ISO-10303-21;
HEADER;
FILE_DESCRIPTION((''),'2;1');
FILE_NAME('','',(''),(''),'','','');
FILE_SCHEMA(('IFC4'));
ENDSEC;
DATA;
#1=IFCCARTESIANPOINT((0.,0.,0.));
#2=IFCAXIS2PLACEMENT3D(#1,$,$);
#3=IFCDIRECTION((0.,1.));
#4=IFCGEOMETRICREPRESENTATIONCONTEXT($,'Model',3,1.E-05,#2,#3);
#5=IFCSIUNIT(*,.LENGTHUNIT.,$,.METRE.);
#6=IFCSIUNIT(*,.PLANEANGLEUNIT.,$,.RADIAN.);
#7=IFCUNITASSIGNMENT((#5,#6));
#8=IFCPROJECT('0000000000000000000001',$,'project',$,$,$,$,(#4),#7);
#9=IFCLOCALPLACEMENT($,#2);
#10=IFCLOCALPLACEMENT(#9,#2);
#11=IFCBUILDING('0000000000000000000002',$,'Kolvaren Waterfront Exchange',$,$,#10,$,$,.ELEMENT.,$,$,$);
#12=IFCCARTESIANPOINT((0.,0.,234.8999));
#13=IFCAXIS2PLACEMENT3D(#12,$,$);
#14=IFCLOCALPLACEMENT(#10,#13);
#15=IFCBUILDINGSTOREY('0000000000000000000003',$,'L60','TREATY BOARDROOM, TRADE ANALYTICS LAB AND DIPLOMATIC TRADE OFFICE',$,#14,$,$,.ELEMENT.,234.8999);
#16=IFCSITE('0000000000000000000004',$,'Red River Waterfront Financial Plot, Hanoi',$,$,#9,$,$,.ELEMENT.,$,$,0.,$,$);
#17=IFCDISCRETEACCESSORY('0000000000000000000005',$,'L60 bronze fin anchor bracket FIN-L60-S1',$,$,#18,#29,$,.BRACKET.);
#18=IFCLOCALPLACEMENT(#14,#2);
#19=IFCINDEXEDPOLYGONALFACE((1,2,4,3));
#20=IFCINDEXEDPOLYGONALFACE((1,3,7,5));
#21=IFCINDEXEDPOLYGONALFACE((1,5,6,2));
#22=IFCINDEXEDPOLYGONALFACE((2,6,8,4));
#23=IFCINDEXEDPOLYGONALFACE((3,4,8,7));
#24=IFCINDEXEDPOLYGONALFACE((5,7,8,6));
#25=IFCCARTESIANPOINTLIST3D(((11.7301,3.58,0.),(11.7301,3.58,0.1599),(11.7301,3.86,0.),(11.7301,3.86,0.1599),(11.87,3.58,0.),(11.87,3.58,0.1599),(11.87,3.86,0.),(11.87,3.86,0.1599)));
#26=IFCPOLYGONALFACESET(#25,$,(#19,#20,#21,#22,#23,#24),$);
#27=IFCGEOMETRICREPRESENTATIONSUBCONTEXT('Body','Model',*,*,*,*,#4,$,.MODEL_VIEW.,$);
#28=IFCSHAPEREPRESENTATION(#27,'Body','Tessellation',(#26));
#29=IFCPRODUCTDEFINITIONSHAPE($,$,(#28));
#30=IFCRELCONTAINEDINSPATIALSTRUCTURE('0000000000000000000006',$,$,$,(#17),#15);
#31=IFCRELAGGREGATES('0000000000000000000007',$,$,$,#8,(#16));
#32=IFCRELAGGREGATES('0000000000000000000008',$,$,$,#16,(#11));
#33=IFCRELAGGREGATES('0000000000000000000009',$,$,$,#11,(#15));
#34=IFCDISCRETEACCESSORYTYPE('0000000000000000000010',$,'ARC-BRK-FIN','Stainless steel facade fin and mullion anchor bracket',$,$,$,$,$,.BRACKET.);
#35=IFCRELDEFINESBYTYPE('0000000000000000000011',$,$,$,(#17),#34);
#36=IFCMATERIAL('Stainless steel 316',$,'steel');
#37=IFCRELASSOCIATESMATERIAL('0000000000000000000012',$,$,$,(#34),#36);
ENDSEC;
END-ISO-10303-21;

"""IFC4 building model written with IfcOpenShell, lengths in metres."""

from ifc_helpers import new_model, si_unit, direction, frame, origin, origin_with_axes, origin_2d, place, context, subcontext, project, spatial, rectangle, extrude, source, transform, mapped, material, type_object, element, save


model = new_model("IFC4")

# Units and contexts
model_context = context("Model", 3, precision=1e-05, world=origin(), true_north=direction((0.0, 1.0)))
body_context = subcontext(model_context, "Body", "Model", "MODEL_VIEW")
ifc_project = project(units=[si_unit("LENGTHUNIT", "METRE"), si_unit("PLANEANGLEUNIT", "RADIAN")], contexts=[model_context])

# Site, building, storey
site_placement = place(None, origin())
site = spatial("IfcSite", under=ifc_project, at=site_placement, Name="Red River Waterfront Financial Plot, Hanoi", CompositionType="ELEMENT", RefElevation=0.0)
building_placement = place(site_placement, origin())
building = spatial("IfcBuilding", under=site, at=building_placement, Name="Kolvaren Waterfront Exchange", CompositionType="ELEMENT")
storey_placement = place(building_placement, frame((0.0, 0.0, 234.8999)))
storey = spatial("IfcBuildingStorey", under=building, at=storey_placement, Name="L60", Description="TREATY BOARDROOM, TRADE ANALYTICS LAB AND DIPLOMATIC TRADE OFFICE", CompositionType="ELEMENT", Elevation=234.8999)

# Discrete accessory
ifc_material_1 = material(Name="Stainless steel 316", Category="steel")
discrete_accessory_type = type_object("IfcDiscreteAccessoryType", Name="ARC-BRK-FIN", Description="Stainless steel facade fin and mullion anchor bracket", PredefinedType="BRACKET", material=ifc_material_1)
shared_shape_1 = source(origin_with_axes(), body_context, "Body", "SweptSolid", [
    extrude(rectangle(XDim=0.28, YDim=0.1399, at=origin_2d()), origin(), (0.0, 0.0, 1.0), 0.1599),
])
discrete_accessory_placement = place(storey_placement, frame((11.8, 3.72, 0.0), z_axis=(0.0, 0.0, 1.0), x_axis=(0.0, -1.0, 0.0)))
element("IfcDiscreteAccessory", 1, at=discrete_accessory_placement, inside=storey, type_object=discrete_accessory_type, Name="L60 bronze fin anchor bracket FIN-L60-S1", PredefinedType="BRACKET", context=body_context, shape_type="MappedRepresentation", body=[
    mapped(shared_shape_1, transform((0.0, 0.0, 0.0), x_axis=(1.0, 0.0, 0.0), y_axis=(0.0, 1.0, 0.0), z_axis=(0.0, 0.0, 1.0), scale=1.0)),
])

save(model, "model.ifc")
